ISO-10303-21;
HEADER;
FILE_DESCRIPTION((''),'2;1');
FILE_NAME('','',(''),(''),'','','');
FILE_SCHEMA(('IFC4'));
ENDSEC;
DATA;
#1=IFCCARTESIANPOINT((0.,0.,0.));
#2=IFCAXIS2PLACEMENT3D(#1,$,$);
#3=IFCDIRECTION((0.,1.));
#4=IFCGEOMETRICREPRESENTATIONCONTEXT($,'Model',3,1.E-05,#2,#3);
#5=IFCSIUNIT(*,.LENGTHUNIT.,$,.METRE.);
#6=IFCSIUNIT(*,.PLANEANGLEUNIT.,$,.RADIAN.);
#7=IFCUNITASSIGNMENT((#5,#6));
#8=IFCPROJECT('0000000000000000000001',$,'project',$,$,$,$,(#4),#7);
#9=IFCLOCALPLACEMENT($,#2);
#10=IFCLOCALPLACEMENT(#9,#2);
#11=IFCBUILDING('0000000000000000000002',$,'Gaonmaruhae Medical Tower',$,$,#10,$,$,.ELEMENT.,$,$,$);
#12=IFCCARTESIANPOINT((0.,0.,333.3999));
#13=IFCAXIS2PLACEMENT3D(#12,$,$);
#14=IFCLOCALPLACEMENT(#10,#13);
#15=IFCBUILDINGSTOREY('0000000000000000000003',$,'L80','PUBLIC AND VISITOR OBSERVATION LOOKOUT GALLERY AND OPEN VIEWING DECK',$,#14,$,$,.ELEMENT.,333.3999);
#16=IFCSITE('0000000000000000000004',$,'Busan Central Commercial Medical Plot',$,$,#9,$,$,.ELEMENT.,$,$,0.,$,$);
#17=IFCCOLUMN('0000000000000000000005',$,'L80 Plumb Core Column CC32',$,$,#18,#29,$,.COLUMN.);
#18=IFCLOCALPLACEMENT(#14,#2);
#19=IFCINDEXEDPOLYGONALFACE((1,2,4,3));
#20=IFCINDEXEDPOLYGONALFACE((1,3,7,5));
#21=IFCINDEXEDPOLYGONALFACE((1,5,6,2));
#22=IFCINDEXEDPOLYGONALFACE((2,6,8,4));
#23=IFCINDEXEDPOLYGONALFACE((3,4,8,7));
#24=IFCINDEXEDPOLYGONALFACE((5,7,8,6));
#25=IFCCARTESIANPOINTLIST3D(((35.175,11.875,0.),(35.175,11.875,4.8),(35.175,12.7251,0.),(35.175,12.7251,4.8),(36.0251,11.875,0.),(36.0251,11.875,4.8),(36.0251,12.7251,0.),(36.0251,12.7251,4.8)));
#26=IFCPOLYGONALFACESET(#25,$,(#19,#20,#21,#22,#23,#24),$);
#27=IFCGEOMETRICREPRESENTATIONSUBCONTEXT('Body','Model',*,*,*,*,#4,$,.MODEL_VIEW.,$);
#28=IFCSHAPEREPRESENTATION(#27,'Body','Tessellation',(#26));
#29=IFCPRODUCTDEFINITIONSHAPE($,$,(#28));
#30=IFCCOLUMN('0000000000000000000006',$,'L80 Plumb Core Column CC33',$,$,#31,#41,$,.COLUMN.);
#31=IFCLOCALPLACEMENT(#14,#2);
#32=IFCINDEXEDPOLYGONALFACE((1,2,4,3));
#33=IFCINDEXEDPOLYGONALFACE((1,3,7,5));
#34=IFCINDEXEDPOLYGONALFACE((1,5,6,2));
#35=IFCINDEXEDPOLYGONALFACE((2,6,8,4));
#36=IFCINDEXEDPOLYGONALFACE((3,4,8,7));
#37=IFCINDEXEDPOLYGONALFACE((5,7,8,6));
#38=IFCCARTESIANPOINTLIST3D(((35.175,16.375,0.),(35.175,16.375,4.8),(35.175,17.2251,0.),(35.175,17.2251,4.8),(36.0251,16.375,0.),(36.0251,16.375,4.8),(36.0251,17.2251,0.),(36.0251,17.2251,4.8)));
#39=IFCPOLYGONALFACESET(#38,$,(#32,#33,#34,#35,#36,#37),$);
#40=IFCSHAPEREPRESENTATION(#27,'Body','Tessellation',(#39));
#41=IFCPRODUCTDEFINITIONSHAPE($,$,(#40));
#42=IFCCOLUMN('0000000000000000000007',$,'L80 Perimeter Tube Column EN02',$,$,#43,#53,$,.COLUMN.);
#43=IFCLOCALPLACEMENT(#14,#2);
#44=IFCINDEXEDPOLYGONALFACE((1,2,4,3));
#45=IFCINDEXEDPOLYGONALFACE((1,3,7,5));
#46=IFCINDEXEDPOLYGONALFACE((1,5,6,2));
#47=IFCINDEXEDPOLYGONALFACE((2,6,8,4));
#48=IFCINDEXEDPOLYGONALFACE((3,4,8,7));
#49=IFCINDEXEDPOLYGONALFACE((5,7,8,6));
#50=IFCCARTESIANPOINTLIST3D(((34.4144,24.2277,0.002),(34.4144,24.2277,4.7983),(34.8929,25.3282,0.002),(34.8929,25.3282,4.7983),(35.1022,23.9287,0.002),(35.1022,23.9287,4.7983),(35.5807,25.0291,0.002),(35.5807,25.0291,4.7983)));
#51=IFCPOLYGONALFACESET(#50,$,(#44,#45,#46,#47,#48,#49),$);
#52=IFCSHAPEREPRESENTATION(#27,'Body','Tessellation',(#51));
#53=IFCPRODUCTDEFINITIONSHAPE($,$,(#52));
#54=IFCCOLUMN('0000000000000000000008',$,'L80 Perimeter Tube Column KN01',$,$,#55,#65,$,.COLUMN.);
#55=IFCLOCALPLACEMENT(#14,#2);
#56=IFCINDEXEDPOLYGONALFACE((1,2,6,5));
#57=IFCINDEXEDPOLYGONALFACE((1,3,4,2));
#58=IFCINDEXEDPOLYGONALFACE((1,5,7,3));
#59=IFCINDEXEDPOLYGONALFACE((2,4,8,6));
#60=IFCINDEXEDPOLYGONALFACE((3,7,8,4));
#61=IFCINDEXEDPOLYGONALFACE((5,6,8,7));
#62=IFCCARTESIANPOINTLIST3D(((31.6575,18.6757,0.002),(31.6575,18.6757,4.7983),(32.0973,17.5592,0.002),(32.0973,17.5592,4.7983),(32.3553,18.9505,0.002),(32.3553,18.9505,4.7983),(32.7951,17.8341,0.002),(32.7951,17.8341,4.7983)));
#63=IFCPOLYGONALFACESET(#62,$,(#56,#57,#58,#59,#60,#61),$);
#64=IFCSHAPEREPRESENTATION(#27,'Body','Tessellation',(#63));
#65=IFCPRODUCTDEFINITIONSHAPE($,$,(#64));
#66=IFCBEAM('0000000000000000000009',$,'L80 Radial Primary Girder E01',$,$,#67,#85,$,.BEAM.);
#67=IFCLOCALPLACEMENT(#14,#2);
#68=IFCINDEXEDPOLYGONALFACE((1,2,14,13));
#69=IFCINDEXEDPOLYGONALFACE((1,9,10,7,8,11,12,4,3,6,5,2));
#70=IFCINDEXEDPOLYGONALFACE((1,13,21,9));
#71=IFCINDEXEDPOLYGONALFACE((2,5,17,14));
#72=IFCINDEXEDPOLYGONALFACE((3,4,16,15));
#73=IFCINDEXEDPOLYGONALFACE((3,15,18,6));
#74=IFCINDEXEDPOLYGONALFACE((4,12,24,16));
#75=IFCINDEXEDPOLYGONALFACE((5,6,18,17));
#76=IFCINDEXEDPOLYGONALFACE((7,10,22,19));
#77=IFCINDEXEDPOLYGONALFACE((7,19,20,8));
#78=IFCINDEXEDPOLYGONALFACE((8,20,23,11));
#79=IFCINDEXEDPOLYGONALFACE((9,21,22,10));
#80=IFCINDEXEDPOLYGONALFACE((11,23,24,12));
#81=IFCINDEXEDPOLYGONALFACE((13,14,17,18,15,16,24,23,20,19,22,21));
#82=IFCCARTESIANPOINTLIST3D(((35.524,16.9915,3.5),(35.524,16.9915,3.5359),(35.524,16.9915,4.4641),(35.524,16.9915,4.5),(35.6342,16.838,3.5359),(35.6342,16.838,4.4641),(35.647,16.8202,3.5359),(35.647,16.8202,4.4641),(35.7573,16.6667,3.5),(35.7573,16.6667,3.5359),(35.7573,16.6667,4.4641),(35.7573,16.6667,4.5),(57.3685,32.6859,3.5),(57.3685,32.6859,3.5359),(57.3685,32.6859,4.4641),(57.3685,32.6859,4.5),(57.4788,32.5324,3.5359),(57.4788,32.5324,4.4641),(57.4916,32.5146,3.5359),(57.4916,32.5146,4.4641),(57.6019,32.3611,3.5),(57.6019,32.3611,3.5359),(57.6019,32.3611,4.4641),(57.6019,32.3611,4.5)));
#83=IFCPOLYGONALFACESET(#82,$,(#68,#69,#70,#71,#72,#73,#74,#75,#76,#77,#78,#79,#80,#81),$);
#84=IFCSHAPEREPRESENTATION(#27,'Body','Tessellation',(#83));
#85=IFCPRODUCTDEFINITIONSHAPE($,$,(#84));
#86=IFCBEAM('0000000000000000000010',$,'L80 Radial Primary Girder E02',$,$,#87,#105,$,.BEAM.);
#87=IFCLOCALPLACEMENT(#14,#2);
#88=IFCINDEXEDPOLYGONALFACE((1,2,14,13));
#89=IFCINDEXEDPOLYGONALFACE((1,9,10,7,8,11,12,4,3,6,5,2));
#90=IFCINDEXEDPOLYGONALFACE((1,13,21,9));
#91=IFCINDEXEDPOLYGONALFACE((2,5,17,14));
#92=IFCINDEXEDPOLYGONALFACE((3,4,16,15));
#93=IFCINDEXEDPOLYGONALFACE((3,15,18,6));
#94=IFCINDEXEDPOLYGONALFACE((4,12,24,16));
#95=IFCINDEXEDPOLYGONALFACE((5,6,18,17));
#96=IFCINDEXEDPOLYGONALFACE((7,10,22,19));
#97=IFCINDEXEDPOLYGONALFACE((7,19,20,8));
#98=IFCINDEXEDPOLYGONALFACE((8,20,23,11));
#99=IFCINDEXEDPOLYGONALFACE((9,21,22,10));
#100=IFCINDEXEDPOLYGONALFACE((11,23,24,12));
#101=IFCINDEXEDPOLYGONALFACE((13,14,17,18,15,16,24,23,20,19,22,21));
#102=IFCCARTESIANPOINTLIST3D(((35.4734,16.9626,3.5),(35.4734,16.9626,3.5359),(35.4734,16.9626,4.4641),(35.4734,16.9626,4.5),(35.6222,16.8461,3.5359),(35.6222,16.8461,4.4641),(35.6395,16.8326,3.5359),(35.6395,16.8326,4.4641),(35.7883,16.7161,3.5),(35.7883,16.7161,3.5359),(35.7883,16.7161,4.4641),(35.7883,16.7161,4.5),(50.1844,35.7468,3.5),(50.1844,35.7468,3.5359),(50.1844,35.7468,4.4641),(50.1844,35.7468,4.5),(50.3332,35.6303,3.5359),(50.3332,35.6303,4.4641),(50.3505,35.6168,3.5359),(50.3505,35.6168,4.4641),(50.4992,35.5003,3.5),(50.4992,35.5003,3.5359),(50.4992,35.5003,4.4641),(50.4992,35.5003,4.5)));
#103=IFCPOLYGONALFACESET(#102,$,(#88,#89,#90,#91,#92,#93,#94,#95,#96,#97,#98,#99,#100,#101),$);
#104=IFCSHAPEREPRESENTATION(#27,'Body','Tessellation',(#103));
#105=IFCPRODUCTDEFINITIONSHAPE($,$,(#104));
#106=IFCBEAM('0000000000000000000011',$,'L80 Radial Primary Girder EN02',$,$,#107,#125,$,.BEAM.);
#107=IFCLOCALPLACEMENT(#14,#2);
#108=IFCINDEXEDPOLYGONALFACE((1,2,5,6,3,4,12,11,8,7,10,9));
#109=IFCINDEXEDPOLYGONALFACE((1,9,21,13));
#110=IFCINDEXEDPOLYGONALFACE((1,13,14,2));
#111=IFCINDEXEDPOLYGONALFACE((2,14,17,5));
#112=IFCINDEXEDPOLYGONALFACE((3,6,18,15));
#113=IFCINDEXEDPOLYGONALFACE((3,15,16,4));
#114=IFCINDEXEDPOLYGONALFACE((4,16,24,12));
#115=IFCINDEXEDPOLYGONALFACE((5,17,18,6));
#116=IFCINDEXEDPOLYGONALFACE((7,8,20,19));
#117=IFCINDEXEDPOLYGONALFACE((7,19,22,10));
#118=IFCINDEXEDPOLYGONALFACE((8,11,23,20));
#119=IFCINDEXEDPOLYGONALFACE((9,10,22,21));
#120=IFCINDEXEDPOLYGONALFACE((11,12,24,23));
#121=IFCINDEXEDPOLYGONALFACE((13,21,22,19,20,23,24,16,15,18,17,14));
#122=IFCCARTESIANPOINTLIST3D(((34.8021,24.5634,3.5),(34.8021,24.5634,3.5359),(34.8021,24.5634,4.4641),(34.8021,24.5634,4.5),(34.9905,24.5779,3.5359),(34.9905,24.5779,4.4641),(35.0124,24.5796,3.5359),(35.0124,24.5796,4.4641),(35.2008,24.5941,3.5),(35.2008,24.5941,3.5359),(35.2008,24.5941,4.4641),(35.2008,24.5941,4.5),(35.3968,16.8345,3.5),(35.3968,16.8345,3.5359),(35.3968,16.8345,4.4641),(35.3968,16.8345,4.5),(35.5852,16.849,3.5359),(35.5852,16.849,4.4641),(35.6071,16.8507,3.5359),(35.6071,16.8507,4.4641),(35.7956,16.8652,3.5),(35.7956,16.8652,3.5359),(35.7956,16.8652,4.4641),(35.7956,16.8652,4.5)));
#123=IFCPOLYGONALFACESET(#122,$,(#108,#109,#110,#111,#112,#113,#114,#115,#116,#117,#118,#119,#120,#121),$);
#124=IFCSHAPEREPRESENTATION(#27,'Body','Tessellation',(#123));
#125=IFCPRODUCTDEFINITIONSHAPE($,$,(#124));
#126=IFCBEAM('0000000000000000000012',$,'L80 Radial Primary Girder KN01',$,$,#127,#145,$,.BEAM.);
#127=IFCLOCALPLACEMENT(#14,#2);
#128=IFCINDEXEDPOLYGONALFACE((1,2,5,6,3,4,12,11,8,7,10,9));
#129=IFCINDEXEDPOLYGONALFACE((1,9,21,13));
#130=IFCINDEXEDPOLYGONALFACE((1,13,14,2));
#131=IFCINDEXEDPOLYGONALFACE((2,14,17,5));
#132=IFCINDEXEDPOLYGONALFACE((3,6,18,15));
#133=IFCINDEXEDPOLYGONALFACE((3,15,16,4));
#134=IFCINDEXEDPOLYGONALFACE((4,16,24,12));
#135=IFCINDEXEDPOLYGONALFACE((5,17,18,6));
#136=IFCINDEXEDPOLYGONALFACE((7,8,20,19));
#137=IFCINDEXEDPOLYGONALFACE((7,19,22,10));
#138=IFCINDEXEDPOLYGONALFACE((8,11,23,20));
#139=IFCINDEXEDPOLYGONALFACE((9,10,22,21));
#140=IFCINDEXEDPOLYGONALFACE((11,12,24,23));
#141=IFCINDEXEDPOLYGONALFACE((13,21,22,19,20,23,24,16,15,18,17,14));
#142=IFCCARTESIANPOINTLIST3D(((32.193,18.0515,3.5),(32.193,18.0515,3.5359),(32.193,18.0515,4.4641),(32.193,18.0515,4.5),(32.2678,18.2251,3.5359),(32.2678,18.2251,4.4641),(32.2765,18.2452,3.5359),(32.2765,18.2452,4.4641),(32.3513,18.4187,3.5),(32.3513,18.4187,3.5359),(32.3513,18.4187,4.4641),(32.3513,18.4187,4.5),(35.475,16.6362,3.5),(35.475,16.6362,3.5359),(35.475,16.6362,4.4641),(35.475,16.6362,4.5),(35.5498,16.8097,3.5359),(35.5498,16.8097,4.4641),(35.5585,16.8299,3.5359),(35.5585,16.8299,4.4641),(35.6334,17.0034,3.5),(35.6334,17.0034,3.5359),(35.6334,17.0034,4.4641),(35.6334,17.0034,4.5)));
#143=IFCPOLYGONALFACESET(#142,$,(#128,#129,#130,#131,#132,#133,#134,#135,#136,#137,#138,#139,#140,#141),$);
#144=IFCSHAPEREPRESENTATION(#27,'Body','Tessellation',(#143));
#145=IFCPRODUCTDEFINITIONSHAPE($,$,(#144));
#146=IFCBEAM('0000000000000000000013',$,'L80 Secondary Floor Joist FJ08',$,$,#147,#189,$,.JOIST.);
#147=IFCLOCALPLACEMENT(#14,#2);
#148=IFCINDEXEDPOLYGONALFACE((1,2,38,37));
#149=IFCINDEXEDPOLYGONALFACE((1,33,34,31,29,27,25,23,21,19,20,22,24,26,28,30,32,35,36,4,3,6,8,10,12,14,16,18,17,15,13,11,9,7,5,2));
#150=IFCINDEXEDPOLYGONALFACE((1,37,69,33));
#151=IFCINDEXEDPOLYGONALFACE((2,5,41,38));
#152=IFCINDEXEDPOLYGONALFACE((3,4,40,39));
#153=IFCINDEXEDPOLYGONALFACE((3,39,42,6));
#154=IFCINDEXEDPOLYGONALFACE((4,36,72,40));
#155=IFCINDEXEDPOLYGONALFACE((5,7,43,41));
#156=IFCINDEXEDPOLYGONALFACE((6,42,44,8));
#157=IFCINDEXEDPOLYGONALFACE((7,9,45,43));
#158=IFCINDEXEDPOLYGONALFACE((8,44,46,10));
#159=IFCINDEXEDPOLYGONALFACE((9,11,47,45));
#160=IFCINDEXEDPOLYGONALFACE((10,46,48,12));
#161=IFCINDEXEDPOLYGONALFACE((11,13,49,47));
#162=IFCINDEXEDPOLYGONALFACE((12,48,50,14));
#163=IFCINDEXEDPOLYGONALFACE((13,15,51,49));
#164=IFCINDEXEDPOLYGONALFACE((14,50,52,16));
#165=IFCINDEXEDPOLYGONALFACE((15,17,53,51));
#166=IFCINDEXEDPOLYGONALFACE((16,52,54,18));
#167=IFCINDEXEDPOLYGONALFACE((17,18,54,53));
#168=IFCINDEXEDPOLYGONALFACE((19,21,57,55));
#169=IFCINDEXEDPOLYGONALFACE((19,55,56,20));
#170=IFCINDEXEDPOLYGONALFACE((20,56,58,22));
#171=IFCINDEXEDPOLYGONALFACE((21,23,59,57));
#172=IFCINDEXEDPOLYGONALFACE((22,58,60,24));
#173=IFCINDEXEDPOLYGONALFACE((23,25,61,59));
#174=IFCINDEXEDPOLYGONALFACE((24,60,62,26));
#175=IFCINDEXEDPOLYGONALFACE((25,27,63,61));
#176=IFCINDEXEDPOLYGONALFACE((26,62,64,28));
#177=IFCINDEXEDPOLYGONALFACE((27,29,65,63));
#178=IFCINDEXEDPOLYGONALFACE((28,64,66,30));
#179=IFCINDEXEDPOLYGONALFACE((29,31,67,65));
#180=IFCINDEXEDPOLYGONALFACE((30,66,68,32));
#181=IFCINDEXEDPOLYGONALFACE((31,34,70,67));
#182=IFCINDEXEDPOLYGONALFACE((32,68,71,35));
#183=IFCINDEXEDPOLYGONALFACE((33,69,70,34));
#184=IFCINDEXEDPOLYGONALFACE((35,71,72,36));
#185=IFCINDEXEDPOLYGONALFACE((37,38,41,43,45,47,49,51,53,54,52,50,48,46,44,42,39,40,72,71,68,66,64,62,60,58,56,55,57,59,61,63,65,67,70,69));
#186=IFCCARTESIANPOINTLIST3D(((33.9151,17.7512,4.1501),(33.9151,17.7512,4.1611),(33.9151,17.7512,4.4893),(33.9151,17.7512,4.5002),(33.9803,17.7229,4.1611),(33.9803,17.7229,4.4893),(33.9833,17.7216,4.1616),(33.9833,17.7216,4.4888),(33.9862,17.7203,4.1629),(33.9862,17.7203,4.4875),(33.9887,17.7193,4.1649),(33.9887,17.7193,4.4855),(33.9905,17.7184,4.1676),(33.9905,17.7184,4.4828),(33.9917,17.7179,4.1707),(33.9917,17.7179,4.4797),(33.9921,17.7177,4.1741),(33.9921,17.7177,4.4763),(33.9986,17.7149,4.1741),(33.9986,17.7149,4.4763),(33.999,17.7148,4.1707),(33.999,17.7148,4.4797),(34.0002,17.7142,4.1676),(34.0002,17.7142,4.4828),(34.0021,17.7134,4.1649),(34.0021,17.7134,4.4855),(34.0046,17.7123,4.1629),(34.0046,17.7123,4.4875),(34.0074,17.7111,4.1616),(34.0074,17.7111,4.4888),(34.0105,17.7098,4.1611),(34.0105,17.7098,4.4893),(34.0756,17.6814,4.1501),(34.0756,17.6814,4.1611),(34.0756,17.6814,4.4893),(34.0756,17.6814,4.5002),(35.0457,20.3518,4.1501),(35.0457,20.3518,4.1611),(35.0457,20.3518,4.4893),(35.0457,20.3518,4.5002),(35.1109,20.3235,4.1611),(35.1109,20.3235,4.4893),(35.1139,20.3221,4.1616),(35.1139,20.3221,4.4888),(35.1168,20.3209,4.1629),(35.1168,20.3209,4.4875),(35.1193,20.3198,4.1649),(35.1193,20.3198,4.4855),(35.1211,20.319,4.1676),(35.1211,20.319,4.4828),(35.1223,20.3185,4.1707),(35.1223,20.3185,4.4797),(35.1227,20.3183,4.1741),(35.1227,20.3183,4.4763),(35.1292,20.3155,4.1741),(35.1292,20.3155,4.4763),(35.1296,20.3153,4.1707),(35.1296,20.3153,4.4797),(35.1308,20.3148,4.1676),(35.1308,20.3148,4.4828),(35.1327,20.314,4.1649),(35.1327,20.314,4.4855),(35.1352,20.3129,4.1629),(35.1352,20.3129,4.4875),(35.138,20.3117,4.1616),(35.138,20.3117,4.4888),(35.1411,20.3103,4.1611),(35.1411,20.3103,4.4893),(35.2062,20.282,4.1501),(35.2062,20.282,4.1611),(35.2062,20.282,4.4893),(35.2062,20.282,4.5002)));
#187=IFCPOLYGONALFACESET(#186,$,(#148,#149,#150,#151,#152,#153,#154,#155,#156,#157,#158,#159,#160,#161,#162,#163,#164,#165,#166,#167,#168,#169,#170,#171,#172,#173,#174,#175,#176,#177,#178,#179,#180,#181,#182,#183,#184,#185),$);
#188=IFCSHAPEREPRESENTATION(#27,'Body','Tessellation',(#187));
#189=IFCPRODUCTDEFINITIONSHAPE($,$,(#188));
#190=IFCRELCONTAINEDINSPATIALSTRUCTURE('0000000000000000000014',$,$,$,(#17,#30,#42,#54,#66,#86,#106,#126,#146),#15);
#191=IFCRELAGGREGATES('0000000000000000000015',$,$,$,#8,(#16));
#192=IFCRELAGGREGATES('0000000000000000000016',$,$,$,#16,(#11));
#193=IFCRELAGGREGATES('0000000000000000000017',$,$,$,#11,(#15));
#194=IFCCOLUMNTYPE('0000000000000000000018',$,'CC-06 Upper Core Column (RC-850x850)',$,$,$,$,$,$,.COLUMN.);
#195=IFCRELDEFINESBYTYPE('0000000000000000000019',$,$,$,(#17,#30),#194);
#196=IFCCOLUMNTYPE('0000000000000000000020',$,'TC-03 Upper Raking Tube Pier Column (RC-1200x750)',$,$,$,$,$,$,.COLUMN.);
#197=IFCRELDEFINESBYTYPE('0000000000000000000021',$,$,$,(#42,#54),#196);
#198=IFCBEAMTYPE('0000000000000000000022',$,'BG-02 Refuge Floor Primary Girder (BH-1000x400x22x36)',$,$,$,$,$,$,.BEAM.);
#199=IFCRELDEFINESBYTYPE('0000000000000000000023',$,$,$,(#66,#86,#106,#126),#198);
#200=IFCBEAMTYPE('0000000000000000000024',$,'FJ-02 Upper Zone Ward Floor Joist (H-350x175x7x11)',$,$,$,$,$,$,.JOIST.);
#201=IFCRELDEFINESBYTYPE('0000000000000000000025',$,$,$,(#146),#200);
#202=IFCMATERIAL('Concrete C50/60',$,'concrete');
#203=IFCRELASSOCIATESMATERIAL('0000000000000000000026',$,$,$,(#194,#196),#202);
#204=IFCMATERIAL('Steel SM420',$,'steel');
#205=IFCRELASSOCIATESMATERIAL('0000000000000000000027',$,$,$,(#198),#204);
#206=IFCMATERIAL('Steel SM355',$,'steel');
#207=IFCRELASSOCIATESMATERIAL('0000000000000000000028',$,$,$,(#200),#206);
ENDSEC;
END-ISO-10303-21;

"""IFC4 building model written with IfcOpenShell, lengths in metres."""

from ifc_helpers import new_model, si_unit, direction, frame, origin, origin_2d, place, context, subcontext, project, spatial, rectangle, i_section, extrude, material, material_profile, profile_set, type_object, element, save


model = new_model("IFC4")

# Units and contexts
model_context = context("Model", 3, precision=1e-05, world=origin(), true_north=direction((0.0, 1.0)))
body_context = subcontext(model_context, "Body", "Model", "MODEL_VIEW")
ifc_project = project(units=[si_unit("LENGTHUNIT", "METRE"), si_unit("PLANEANGLEUNIT", "RADIAN")], contexts=[model_context])

# Site, building, storey
site_placement = place(None, origin())
site = spatial("IfcSite", under=ifc_project, at=site_placement, Name="Busan Central Commercial Medical Plot", CompositionType="ELEMENT", RefElevation=0.0)
building_placement = place(site_placement, origin())
building = spatial("IfcBuilding", under=site, at=building_placement, Name="Gaonmaruhae Medical Tower", CompositionType="ELEMENT")
storey_placement = place(building_placement, frame((0.0, 0.0, 333.3999)))
storey = spatial("IfcBuildingStorey", under=building, at=storey_placement, Name="L80", Description="PUBLIC AND VISITOR OBSERVATION LOOKOUT GALLERY AND OPEN VIEWING DECK", CompositionType="ELEMENT", Elevation=333.3999)

# Columns
ifc_material_1 = material(Name="Concrete C50/60", Category="concrete")
ifc_material_profile_1 = material_profile(ifc_material_1, rectangle(XDim=0.8501, YDim=0.8501, at=origin_2d()), Name="RC-850x850")
ifc_profile_set_1 = profile_set([ifc_material_profile_1], Name="Concrete C50/60")
column_type_1 = type_object("IfcColumnType", Name="CC-06 Upper Core Column (RC-850x850)", PredefinedType="COLUMN", material=ifc_profile_set_1)
for number, where, z_axis, x_axis, name in (
    (1, (35.6001, 12.3, 0.0), (0.0, 0.0, 1.0), (1.0, 0.0, 0.0), "L80 Plumb Core Column CC32"),
    (2, (35.6001, 16.8, 0.0), (0.0, 0.0, 1.0), (1.0, 0.0, 0.0), "L80 Plumb Core Column CC33"),
):
    element("IfcColumn", number, at=place(storey_placement, frame(where, z_axis=z_axis, x_axis=x_axis)), inside=storey, type_object=column_type_1, Name=name, PredefinedType="COLUMN", context=body_context, shape_type="SweptSolid", body=[
        extrude(rectangle(XDim=0.8501, YDim=0.8501, at=origin_2d()), origin(), (0.0, 0.0, 1.0), 4.8),
    ])
ifc_material_profile_2 = material_profile(ifc_material_1, rectangle(XDim=1.2, YDim=0.75, at=origin_2d()), Name="RC-1200x750")
ifc_profile_set_2 = profile_set([ifc_material_profile_2], Name="Concrete C50/60")
column_type_2 = type_object("IfcColumnType", Name="TC-03 Upper Raking Tube Pier Column (RC-1200x750)", PredefinedType="COLUMN", material=ifc_profile_set_2)
for number, where, z_axis, x_axis, name in (
    (3, (34.9976, 24.6284, 0.002), (0.0, 0.0, 1.0), (0.398749, 0.91706, 0.0), "L80 Perimeter Tube Column EN02"),
    (4, (32.2263, 18.2549, 0.002), (0.0, 0.0, 1.0), (-0.366501, 0.930418, 0.0), "L80 Perimeter Tube Column KN01"),
):
    element("IfcColumn", number, at=place(storey_placement, frame(where, z_axis=z_axis, x_axis=x_axis)), inside=storey, type_object=column_type_2, Name=name, PredefinedType="COLUMN", context=body_context, shape_type="SweptSolid", body=[
        extrude(rectangle(XDim=1.2, YDim=0.75, at=origin_2d()), origin(), (0.0, 0.0, 1.0), 4.7964),
    ])

# Beams
ifc_material_2 = material(Name="Steel SM420", Category="steel")
ifc_material_profile_3 = material_profile(ifc_material_2, i_section(OverallWidth=0.3999, OverallDepth=1.0, WebThickness=0.022, FlangeThickness=0.0359, at=origin_2d()), Name="BH-1000x400x22x36")
ifc_profile_set_3 = profile_set([ifc_material_profile_3], Name="Steel SM420")
beam_type_1 = type_object("IfcBeamType", Name="BG-02 Refuge Floor Primary Girder (BH-1000x400x22x36)", PredefinedType="BEAM", material=ifc_profile_set_3)
beam_1_placement = place(storey_placement, frame((35.6406, 16.8291, 4.0), z_axis=(0.812128, 0.583479, 0.0), x_axis=(-0.583479, 0.812128, 0.0)))
element("IfcBeam", 5, at=beam_1_placement, inside=storey, type_object=beam_type_1, Name="L80 Radial Primary Girder E01", PredefinedType="BEAM", context=body_context, shape_type="SweptSolid", body=[
    extrude(i_section(OverallWidth=0.3999, OverallDepth=1.0, WebThickness=0.022, FlangeThickness=0.0359, at=origin_2d()), origin(), (0.0, 0.0, 1.0), 26.8979),
])
beam_2_placement = place(storey_placement, frame((35.6309, 16.8394, 4.0), z_axis=(0.616575, 0.787296, 0.0), x_axis=(-0.787296, 0.616575, 0.0)))
element("IfcBeam", 6, at=beam_2_placement, inside=storey, type_object=beam_type_1, Name="L80 Radial Primary Girder E02", PredefinedType="BEAM", context=body_context, shape_type="SweptSolid", body=[
    extrude(i_section(OverallWidth=0.3999, OverallDepth=1.0, WebThickness=0.022, FlangeThickness=0.0359, at=origin_2d()), origin(), (0.0, 0.0, 1.0), 23.8591),
])
beam_3_placement = place(storey_placement, frame((35.5962, 16.8499, 4.0), z_axis=(-0.076723, 0.997052, 0.0), x_axis=(-0.997052, -0.076723, 0.0)))
element("IfcBeam", 7, at=beam_3_placement, inside=storey, type_object=beam_type_1, Name="L80 Radial Primary Girder EN02", PredefinedType="BEAM", context=body_context, shape_type="SweptSolid", body=[
    extrude(i_section(OverallWidth=0.3999, OverallDepth=1.0, WebThickness=0.022, FlangeThickness=0.0359, at=origin_2d()), origin(), (0.0, 0.0, 1.0), 7.7517),
])
beam_4_placement = place(storey_placement, frame((35.5542, 16.8198, 4.0), z_axis=(-0.918259, 0.395979, 0.0), x_axis=(-0.395979, -0.918259, 0.0)))
element("IfcBeam", 8, at=beam_4_placement, inside=storey, type_object=beam_type_1, Name="L80 Radial Primary Girder KN01", PredefinedType="BEAM", context=body_context, shape_type="SweptSolid", body=[
    extrude(i_section(OverallWidth=0.3999, OverallDepth=1.0, WebThickness=0.022, FlangeThickness=0.0359, at=origin_2d()), origin(), (0.0, 0.0, 1.0), 3.5742),
])
ifc_material_3 = material(Name="Steel SM355", Category="steel")
ifc_material_profile_4 = material_profile(ifc_material_3, i_section(OverallWidth=0.175, OverallDepth=0.3501, WebThickness=0.0071, FlangeThickness=0.011, FilletRadius=0.0129, at=origin_2d()), Name="H-350x175x7x11")
ifc_profile_set_4 = profile_set([ifc_material_profile_4], Name="Steel SM355")
beam_type_2 = type_object("IfcBeamType", Name="FJ-02 Upper Zone Ward Floor Joist (H-350x175x7x11)", PredefinedType="JOIST", material=ifc_profile_set_4)
beam_5_placement = place(storey_placement, frame((35.126, 20.3169, 4.3252), z_axis=(-0.398704, -0.91708, 0.0), x_axis=(0.91708, -0.398704, 0.0)))
element("IfcBeam", 9, at=beam_5_placement, inside=storey, type_object=beam_type_2, Name="L80 Secondary Floor Joist FJ08", PredefinedType="JOIST", context=body_context, shape_type="SweptSolid", body=[
    extrude(i_section(OverallWidth=0.175, OverallDepth=0.3501, WebThickness=0.0071, FlangeThickness=0.011, FilletRadius=0.0129, at=origin_2d()), origin(), (0.0, 0.0, 1.0), 2.8357),
])

save(model, "model.ifc")
